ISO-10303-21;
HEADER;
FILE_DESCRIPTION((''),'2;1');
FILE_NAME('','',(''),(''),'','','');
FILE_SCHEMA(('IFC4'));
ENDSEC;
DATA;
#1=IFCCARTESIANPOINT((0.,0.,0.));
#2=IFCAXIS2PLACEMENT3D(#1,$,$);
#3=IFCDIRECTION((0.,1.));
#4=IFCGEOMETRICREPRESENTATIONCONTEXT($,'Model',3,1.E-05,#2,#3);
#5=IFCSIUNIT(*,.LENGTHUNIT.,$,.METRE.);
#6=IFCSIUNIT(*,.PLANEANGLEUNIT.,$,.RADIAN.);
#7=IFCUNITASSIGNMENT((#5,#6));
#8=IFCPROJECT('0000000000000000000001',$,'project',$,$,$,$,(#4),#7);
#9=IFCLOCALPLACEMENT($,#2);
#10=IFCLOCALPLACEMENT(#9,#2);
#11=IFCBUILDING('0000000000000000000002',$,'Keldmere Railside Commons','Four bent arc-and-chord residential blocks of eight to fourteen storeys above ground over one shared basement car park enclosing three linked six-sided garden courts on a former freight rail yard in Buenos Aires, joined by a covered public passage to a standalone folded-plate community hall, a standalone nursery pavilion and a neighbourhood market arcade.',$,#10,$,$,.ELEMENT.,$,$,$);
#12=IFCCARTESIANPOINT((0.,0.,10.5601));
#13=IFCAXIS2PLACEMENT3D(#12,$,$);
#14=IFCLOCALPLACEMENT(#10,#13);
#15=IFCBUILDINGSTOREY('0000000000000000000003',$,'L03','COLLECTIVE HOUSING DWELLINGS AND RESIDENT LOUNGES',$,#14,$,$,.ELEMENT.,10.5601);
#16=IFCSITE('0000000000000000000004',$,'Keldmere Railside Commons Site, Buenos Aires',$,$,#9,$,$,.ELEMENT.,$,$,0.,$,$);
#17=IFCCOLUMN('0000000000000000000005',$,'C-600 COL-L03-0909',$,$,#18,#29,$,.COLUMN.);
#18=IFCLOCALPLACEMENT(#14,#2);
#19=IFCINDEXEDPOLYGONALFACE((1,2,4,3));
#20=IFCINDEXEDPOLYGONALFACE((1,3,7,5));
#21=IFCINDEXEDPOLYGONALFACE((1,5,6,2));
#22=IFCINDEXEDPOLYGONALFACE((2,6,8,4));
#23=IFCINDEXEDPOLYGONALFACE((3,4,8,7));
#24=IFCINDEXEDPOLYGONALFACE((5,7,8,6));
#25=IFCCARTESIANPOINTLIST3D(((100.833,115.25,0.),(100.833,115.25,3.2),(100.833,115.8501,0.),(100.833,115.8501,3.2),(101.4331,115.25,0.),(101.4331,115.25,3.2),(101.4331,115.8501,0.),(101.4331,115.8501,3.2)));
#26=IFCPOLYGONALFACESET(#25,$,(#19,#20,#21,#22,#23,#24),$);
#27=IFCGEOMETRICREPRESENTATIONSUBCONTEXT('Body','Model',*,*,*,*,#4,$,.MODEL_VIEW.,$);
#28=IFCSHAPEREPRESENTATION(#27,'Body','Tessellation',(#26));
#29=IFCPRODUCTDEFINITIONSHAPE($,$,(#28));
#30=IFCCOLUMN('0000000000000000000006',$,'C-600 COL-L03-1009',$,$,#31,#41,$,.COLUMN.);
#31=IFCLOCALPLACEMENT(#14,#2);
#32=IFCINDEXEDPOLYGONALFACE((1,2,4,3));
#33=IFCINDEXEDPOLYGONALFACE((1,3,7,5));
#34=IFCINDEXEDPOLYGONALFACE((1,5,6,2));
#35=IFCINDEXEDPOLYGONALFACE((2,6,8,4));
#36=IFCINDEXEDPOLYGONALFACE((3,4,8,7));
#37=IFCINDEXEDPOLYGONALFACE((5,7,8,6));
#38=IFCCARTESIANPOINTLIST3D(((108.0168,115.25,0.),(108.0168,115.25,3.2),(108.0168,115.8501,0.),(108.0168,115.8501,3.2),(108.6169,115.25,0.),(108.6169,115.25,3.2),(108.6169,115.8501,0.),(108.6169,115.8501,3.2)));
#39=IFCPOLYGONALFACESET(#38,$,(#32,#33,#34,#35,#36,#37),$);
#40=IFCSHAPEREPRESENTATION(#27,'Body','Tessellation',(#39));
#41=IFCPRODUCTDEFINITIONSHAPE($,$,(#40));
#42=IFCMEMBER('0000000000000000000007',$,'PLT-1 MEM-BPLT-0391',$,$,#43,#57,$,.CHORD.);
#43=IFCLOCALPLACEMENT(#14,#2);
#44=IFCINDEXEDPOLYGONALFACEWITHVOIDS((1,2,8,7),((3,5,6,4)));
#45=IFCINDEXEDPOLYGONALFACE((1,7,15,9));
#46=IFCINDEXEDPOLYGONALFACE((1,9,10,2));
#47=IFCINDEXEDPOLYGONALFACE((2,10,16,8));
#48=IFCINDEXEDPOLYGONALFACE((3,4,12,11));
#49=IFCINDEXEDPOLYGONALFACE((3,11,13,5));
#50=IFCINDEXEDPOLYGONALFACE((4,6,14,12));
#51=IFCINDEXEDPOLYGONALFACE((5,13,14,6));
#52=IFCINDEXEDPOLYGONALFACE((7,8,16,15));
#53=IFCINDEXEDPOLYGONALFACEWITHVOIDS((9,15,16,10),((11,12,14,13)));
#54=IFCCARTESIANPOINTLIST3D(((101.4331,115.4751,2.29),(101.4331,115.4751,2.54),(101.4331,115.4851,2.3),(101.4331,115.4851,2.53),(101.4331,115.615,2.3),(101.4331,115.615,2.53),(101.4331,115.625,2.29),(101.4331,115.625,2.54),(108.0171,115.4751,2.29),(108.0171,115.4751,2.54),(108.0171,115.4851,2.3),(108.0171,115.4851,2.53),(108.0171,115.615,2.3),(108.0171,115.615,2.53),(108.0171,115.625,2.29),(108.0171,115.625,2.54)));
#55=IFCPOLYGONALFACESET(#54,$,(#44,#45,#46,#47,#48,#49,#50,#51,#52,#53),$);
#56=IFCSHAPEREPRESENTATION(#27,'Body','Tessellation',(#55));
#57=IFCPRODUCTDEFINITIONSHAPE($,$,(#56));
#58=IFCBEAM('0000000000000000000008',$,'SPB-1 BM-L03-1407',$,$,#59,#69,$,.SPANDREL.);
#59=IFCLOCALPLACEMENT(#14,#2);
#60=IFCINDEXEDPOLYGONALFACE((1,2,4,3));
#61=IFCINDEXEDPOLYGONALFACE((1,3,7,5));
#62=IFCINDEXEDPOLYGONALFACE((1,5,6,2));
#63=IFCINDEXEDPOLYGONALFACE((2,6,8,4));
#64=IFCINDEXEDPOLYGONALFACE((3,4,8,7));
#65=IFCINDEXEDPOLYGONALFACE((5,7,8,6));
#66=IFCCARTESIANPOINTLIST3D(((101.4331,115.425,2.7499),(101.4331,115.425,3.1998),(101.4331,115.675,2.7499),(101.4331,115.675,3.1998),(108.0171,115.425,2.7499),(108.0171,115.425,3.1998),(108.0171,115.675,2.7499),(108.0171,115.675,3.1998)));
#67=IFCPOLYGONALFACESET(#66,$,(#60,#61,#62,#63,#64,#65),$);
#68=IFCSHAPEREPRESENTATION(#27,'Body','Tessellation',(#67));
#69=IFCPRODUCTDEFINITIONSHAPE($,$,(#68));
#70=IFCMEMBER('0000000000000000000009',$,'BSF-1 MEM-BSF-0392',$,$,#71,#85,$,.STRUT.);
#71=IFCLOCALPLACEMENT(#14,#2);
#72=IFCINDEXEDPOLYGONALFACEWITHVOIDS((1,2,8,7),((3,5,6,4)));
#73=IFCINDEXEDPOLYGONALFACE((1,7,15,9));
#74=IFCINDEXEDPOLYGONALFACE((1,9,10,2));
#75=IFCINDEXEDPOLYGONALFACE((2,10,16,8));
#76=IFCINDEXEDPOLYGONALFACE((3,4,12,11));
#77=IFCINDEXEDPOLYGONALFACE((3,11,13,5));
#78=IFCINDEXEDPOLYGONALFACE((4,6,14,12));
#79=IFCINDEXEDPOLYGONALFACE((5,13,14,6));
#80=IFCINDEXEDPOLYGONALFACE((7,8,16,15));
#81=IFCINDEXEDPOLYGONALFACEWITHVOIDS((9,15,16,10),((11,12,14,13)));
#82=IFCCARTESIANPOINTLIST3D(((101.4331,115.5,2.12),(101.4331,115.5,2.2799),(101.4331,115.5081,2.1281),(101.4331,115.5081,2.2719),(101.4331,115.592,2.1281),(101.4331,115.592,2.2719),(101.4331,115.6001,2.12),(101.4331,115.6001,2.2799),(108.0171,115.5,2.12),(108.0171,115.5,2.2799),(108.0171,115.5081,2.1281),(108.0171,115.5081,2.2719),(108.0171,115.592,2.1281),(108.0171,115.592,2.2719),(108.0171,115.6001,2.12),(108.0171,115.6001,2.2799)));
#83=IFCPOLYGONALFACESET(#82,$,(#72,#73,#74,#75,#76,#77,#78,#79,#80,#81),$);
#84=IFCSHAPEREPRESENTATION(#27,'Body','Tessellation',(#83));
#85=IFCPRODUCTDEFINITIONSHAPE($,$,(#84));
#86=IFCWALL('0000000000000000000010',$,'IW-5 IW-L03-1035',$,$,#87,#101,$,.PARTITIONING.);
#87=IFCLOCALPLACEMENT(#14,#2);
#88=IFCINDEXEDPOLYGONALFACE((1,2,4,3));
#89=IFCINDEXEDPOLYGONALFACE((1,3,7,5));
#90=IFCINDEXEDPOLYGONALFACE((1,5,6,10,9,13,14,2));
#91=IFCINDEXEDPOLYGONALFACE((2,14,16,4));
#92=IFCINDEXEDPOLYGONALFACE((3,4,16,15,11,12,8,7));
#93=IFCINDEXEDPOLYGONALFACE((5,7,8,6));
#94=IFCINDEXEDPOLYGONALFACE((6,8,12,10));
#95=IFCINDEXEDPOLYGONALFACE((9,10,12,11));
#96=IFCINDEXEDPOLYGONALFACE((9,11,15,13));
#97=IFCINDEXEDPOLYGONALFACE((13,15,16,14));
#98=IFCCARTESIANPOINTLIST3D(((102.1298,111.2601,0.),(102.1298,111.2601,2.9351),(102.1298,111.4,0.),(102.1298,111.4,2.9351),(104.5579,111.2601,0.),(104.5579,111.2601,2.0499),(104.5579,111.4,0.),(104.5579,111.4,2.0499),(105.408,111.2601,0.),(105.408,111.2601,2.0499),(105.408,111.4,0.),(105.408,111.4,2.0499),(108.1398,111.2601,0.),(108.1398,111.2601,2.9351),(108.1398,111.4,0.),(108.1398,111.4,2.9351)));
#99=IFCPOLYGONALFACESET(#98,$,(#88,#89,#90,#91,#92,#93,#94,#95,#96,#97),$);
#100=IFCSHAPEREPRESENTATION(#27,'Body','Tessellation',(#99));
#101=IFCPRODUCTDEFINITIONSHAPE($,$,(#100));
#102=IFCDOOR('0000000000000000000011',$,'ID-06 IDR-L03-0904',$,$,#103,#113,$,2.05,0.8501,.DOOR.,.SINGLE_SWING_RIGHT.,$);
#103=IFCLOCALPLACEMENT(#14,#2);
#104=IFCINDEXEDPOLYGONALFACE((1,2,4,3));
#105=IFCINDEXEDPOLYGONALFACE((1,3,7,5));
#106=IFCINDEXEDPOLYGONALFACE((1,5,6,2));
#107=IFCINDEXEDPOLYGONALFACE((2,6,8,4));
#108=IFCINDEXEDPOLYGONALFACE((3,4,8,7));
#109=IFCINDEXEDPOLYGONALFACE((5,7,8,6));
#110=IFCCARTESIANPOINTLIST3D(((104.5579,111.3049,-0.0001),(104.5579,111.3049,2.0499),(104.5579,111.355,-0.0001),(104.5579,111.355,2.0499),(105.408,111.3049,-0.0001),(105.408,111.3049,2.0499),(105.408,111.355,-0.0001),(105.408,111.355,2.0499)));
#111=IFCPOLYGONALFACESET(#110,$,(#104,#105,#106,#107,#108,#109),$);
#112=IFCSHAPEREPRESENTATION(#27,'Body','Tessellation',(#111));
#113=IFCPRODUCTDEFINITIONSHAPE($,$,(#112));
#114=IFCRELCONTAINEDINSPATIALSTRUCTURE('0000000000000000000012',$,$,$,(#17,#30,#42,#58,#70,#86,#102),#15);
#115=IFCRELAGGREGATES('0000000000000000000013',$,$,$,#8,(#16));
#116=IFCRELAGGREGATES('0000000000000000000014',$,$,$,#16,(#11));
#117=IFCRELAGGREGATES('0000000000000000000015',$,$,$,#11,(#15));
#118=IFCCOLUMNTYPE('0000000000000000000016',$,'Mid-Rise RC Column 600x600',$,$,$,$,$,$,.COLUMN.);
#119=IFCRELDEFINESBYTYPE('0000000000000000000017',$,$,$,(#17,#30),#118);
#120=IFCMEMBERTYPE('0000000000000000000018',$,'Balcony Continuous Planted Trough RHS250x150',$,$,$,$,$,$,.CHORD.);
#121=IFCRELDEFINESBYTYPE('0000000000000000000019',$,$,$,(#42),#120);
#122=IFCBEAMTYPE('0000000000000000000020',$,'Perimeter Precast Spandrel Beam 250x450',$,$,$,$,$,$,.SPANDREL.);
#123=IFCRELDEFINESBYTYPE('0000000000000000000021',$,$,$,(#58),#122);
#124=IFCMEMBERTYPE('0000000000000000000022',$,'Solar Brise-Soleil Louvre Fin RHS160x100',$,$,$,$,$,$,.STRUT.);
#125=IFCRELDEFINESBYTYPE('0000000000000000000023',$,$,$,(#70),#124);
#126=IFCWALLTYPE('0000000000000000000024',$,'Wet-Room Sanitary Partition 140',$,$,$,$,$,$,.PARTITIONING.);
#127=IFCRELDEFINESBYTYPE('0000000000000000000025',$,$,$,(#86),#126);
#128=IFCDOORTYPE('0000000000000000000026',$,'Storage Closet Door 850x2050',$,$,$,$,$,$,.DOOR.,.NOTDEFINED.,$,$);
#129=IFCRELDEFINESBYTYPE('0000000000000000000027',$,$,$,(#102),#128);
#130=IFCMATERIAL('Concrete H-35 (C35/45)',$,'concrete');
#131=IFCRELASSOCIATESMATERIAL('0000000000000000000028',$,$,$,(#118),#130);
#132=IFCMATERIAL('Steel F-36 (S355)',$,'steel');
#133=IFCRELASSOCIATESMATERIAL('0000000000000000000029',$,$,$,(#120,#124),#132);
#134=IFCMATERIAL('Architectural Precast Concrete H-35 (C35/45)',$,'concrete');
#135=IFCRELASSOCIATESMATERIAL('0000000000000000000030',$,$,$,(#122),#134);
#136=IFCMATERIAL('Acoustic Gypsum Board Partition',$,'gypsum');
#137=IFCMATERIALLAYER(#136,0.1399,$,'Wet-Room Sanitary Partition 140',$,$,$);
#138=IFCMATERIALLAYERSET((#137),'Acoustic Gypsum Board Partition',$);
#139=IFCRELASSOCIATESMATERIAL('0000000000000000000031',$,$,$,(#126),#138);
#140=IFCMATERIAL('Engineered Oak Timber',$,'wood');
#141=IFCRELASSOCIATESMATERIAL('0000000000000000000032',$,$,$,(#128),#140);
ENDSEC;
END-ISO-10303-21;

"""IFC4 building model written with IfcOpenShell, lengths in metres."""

from ifc_helpers import new_model, si_unit, direction, frame, frame_2d, origin, origin_2d, place, context, subcontext, project, spatial, rectangle, hollow_rectangle, extrude, material, layer, layer_set, material_profile, profile_set, type_object, element, fill, save


model = new_model("IFC4")

# Units and contexts
model_context = context("Model", 3, precision=1e-05, world=origin(), true_north=direction((0.0, 1.0)))
body_context = subcontext(model_context, "Body", "Model", "MODEL_VIEW")
ifc_project = project(units=[si_unit("LENGTHUNIT", "METRE"), si_unit("PLANEANGLEUNIT", "RADIAN")], contexts=[model_context])

# Site, building, storey
site_placement = place(None, origin())
site = spatial("IfcSite", under=ifc_project, at=site_placement, Name="Keldmere Railside Commons Site, Buenos Aires", CompositionType="ELEMENT", RefElevation=0.0)
building_placement = place(site_placement, origin())
building = spatial("IfcBuilding", under=site, at=building_placement, Name="Keldmere Railside Commons", Description="Four bent arc-and-chord residential blocks of eight to fourteen storeys above ground over one shared basement car park enclosing three linked six-sided garden courts on a former freight rail yard in Buenos Aires, joined by a covered public passage to a standalone folded-plate community hall, a standalone nursery pavilion and a neighbourhood market arcade.", CompositionType="ELEMENT")
storey_placement = place(building_placement, frame((0.0, 0.0, 10.5601)))
storey = spatial("IfcBuildingStorey", under=building, at=storey_placement, Name="L03", Description="COLLECTIVE HOUSING DWELLINGS AND RESIDENT LOUNGES", CompositionType="ELEMENT", Elevation=10.5601)

# Columns
ifc_material_1 = material(Name="Concrete H-35 (C35/45)", Category="concrete")
ifc_material_profile_1 = material_profile(ifc_material_1, rectangle(XDim=0.6001, YDim=0.6001, at=origin_2d()), Name="RC-600x600")
ifc_profile_set_1 = profile_set([ifc_material_profile_1], Name="Concrete H-35 (C35/45)")
column_type = type_object("IfcColumnType", Name="Mid-Rise RC Column 600x600", PredefinedType="COLUMN", material=ifc_profile_set_1)
for number, where, z_axis, x_axis, name in (
    (1, (101.1331, 115.55, 0.0), (0.0, 0.0, 1.0), (1.0, 0.0, 0.0), "C-600 COL-L03-0909"),
    (2, (108.3169, 115.55, 0.0), (0.0, 0.0, 1.0), (1.0, 0.0, 0.0), "C-600 COL-L03-1009"),
):
    element("IfcColumn", number, at=place(storey_placement, frame(where, z_axis=z_axis, x_axis=x_axis)), inside=storey, type_object=column_type, Name=name, PredefinedType="COLUMN", context=body_context, shape_type="SweptSolid", body=[
        extrude(rectangle(XDim=0.6001, YDim=0.6001, at=origin_2d()), origin(), (0.0, 0.0, 1.0), 3.2),
    ])

# Member
ifc_material_2 = material(Name="Steel F-36 (S355)", Category="steel")
ifc_material_profile_2 = material_profile(ifc_material_2, hollow_rectangle(XDim=0.1499, YDim=0.25, WallThickness=0.01, at=origin_2d()), Name="RHS-250x150x10")
ifc_profile_set_2 = profile_set([ifc_material_profile_2], Name="Steel F-36 (S355)")
member_type_1 = type_object("IfcMemberType", Name="Balcony Continuous Planted Trough RHS250x150", PredefinedType="CHORD", material=ifc_profile_set_2)
member_1_placement = place(storey_placement, frame((101.4331, 115.55, 2.415), z_axis=(1.0, 0.0, 0.0), x_axis=(0.0, 1.0, 0.0)))
element("IfcMember", 3, at=member_1_placement, inside=storey, type_object=member_type_1, Name="PLT-1 MEM-BPLT-0391", PredefinedType="CHORD", context=body_context, shape_type="SweptSolid", body=[
    extrude(hollow_rectangle(XDim=0.1499, YDim=0.25, WallThickness=0.01, at=origin_2d()), origin(), (0.0, 0.0, 1.0), 6.584),
])

# Beam
ifc_material_3 = material(Name="Architectural Precast Concrete H-35 (C35/45)", Category="concrete")
ifc_material_profile_3 = material_profile(ifc_material_3, rectangle(XDim=0.25, YDim=0.45, at=origin_2d()), Name="RC-250x450")
ifc_profile_set_3 = profile_set([ifc_material_profile_3], Name="Architectural Precast Concrete H-35 (C35/45)")
beam_type = type_object("IfcBeamType", Name="Perimeter Precast Spandrel Beam 250x450", PredefinedType="SPANDREL", material=ifc_profile_set_3)
beam_placement = place(storey_placement, frame((101.4331, 115.55, 2.9749), z_axis=(1.0, 0.0, 0.0), x_axis=(0.0, 1.0, 0.0)))
element("IfcBeam", 4, at=beam_placement, inside=storey, type_object=beam_type, Name="SPB-1 BM-L03-1407", PredefinedType="SPANDREL", context=body_context, shape_type="SweptSolid", body=[
    extrude(rectangle(XDim=0.25, YDim=0.45, at=origin_2d()), origin(), (0.0, 0.0, 1.0), 6.584),
])

# Member
ifc_material_profile_4 = material_profile(ifc_material_2, hollow_rectangle(XDim=0.1001, YDim=0.1599, WallThickness=0.0081, at=origin_2d()), Name="RHS-160x100x8")
ifc_profile_set_4 = profile_set([ifc_material_profile_4], Name="Steel F-36 (S355)")
member_type_2 = type_object("IfcMemberType", Name="Solar Brise-Soleil Louvre Fin RHS160x100", PredefinedType="STRUT", material=ifc_profile_set_4)
member_2_placement = place(storey_placement, frame((101.4331, 115.55, 2.2), z_axis=(1.0, 0.0, 0.0), x_axis=(0.0, 1.0, 0.0)))
element("IfcMember", 5, at=member_2_placement, inside=storey, type_object=member_type_2, Name="BSF-1 MEM-BSF-0392", PredefinedType="STRUT", context=body_context, shape_type="SweptSolid", body=[
    extrude(hollow_rectangle(XDim=0.1001, YDim=0.1599, WallThickness=0.0081, at=origin_2d()), origin(), (0.0, 0.0, 1.0), 6.584),
])

# Wall, opening, door
ifc_material_4 = material(Name="Acoustic Gypsum Board Partition", Category="gypsum")
ifc_layer = layer(ifc_material_4, 0.1399, Name="Wet-Room Sanitary Partition 140")
ifc_layer_set = layer_set([ifc_layer], Name="Acoustic Gypsum Board Partition")
wall_type = type_object("IfcWallType", Name="Wet-Room Sanitary Partition 140", PredefinedType="PARTITIONING", material=ifc_layer_set)
wall_placement = place(storey_placement, frame((102.1299, 111.3301, 0.0), z_axis=(0.0, 0.0, 1.0), x_axis=(1.0, 0.0, 0.0)))
wall = element("IfcWall", 6, at=wall_placement, inside=storey, type_object=wall_type, Name="IW-5 IW-L03-1035", PredefinedType="PARTITIONING", context=body_context, shape_type="SweptSolid", body=[
    extrude(rectangle(XDim=6.01, YDim=0.1399, at=frame_2d((3.0049, 0.0))), origin(), (0.0, 0.0, 1.0), 2.9351),
])
opening_placement = place(wall_placement, frame((2.428, 0.0, 0.0)))
opening = element("IfcOpeningElement", 7, at=opening_placement, cuts=wall, PredefinedType="OPENING", context=body_context, shape_type="SweptSolid", body=[
    extrude(rectangle(XDim=0.8501, YDim=2.05, at=frame_2d((0.425, 1.0249))), frame((0.0, 0.0798, 0.0), z_axis=(0.0, -1.0, 0.0), x_axis=(1.0, 0.0, 0.0)), (0.0, 0.0, 1.0), 0.1599),
])
ifc_material_5 = material(Name="Engineered Oak Timber", Category="wood")
door_type = type_object("IfcDoorType", Name="Storage Closet Door 850x2050", OperationType="NOTDEFINED", PredefinedType="DOOR", material=ifc_material_5)
door_placement = place(opening_placement, origin())
door = element("IfcDoor", 8, at=door_placement, inside=storey, type_object=door_type, Name="ID-06 IDR-L03-0904", OperationType="SINGLE_SWING_RIGHT", OverallHeight=2.05, OverallWidth=0.8501, PredefinedType="DOOR", context=body_context, shape_type="SweptSolid", body=[
    extrude(rectangle(XDim=0.8501, YDim=2.05, at=frame_2d((0.425, 1.0249))), frame((0.0, 0.0249, 0.0), z_axis=(0.0, -1.0, 0.0), x_axis=(1.0, 0.0, 0.0)), (0.0, 0.0, 1.0), 0.05),
])
fill(opening, door)

save(model, "model.ifc")
